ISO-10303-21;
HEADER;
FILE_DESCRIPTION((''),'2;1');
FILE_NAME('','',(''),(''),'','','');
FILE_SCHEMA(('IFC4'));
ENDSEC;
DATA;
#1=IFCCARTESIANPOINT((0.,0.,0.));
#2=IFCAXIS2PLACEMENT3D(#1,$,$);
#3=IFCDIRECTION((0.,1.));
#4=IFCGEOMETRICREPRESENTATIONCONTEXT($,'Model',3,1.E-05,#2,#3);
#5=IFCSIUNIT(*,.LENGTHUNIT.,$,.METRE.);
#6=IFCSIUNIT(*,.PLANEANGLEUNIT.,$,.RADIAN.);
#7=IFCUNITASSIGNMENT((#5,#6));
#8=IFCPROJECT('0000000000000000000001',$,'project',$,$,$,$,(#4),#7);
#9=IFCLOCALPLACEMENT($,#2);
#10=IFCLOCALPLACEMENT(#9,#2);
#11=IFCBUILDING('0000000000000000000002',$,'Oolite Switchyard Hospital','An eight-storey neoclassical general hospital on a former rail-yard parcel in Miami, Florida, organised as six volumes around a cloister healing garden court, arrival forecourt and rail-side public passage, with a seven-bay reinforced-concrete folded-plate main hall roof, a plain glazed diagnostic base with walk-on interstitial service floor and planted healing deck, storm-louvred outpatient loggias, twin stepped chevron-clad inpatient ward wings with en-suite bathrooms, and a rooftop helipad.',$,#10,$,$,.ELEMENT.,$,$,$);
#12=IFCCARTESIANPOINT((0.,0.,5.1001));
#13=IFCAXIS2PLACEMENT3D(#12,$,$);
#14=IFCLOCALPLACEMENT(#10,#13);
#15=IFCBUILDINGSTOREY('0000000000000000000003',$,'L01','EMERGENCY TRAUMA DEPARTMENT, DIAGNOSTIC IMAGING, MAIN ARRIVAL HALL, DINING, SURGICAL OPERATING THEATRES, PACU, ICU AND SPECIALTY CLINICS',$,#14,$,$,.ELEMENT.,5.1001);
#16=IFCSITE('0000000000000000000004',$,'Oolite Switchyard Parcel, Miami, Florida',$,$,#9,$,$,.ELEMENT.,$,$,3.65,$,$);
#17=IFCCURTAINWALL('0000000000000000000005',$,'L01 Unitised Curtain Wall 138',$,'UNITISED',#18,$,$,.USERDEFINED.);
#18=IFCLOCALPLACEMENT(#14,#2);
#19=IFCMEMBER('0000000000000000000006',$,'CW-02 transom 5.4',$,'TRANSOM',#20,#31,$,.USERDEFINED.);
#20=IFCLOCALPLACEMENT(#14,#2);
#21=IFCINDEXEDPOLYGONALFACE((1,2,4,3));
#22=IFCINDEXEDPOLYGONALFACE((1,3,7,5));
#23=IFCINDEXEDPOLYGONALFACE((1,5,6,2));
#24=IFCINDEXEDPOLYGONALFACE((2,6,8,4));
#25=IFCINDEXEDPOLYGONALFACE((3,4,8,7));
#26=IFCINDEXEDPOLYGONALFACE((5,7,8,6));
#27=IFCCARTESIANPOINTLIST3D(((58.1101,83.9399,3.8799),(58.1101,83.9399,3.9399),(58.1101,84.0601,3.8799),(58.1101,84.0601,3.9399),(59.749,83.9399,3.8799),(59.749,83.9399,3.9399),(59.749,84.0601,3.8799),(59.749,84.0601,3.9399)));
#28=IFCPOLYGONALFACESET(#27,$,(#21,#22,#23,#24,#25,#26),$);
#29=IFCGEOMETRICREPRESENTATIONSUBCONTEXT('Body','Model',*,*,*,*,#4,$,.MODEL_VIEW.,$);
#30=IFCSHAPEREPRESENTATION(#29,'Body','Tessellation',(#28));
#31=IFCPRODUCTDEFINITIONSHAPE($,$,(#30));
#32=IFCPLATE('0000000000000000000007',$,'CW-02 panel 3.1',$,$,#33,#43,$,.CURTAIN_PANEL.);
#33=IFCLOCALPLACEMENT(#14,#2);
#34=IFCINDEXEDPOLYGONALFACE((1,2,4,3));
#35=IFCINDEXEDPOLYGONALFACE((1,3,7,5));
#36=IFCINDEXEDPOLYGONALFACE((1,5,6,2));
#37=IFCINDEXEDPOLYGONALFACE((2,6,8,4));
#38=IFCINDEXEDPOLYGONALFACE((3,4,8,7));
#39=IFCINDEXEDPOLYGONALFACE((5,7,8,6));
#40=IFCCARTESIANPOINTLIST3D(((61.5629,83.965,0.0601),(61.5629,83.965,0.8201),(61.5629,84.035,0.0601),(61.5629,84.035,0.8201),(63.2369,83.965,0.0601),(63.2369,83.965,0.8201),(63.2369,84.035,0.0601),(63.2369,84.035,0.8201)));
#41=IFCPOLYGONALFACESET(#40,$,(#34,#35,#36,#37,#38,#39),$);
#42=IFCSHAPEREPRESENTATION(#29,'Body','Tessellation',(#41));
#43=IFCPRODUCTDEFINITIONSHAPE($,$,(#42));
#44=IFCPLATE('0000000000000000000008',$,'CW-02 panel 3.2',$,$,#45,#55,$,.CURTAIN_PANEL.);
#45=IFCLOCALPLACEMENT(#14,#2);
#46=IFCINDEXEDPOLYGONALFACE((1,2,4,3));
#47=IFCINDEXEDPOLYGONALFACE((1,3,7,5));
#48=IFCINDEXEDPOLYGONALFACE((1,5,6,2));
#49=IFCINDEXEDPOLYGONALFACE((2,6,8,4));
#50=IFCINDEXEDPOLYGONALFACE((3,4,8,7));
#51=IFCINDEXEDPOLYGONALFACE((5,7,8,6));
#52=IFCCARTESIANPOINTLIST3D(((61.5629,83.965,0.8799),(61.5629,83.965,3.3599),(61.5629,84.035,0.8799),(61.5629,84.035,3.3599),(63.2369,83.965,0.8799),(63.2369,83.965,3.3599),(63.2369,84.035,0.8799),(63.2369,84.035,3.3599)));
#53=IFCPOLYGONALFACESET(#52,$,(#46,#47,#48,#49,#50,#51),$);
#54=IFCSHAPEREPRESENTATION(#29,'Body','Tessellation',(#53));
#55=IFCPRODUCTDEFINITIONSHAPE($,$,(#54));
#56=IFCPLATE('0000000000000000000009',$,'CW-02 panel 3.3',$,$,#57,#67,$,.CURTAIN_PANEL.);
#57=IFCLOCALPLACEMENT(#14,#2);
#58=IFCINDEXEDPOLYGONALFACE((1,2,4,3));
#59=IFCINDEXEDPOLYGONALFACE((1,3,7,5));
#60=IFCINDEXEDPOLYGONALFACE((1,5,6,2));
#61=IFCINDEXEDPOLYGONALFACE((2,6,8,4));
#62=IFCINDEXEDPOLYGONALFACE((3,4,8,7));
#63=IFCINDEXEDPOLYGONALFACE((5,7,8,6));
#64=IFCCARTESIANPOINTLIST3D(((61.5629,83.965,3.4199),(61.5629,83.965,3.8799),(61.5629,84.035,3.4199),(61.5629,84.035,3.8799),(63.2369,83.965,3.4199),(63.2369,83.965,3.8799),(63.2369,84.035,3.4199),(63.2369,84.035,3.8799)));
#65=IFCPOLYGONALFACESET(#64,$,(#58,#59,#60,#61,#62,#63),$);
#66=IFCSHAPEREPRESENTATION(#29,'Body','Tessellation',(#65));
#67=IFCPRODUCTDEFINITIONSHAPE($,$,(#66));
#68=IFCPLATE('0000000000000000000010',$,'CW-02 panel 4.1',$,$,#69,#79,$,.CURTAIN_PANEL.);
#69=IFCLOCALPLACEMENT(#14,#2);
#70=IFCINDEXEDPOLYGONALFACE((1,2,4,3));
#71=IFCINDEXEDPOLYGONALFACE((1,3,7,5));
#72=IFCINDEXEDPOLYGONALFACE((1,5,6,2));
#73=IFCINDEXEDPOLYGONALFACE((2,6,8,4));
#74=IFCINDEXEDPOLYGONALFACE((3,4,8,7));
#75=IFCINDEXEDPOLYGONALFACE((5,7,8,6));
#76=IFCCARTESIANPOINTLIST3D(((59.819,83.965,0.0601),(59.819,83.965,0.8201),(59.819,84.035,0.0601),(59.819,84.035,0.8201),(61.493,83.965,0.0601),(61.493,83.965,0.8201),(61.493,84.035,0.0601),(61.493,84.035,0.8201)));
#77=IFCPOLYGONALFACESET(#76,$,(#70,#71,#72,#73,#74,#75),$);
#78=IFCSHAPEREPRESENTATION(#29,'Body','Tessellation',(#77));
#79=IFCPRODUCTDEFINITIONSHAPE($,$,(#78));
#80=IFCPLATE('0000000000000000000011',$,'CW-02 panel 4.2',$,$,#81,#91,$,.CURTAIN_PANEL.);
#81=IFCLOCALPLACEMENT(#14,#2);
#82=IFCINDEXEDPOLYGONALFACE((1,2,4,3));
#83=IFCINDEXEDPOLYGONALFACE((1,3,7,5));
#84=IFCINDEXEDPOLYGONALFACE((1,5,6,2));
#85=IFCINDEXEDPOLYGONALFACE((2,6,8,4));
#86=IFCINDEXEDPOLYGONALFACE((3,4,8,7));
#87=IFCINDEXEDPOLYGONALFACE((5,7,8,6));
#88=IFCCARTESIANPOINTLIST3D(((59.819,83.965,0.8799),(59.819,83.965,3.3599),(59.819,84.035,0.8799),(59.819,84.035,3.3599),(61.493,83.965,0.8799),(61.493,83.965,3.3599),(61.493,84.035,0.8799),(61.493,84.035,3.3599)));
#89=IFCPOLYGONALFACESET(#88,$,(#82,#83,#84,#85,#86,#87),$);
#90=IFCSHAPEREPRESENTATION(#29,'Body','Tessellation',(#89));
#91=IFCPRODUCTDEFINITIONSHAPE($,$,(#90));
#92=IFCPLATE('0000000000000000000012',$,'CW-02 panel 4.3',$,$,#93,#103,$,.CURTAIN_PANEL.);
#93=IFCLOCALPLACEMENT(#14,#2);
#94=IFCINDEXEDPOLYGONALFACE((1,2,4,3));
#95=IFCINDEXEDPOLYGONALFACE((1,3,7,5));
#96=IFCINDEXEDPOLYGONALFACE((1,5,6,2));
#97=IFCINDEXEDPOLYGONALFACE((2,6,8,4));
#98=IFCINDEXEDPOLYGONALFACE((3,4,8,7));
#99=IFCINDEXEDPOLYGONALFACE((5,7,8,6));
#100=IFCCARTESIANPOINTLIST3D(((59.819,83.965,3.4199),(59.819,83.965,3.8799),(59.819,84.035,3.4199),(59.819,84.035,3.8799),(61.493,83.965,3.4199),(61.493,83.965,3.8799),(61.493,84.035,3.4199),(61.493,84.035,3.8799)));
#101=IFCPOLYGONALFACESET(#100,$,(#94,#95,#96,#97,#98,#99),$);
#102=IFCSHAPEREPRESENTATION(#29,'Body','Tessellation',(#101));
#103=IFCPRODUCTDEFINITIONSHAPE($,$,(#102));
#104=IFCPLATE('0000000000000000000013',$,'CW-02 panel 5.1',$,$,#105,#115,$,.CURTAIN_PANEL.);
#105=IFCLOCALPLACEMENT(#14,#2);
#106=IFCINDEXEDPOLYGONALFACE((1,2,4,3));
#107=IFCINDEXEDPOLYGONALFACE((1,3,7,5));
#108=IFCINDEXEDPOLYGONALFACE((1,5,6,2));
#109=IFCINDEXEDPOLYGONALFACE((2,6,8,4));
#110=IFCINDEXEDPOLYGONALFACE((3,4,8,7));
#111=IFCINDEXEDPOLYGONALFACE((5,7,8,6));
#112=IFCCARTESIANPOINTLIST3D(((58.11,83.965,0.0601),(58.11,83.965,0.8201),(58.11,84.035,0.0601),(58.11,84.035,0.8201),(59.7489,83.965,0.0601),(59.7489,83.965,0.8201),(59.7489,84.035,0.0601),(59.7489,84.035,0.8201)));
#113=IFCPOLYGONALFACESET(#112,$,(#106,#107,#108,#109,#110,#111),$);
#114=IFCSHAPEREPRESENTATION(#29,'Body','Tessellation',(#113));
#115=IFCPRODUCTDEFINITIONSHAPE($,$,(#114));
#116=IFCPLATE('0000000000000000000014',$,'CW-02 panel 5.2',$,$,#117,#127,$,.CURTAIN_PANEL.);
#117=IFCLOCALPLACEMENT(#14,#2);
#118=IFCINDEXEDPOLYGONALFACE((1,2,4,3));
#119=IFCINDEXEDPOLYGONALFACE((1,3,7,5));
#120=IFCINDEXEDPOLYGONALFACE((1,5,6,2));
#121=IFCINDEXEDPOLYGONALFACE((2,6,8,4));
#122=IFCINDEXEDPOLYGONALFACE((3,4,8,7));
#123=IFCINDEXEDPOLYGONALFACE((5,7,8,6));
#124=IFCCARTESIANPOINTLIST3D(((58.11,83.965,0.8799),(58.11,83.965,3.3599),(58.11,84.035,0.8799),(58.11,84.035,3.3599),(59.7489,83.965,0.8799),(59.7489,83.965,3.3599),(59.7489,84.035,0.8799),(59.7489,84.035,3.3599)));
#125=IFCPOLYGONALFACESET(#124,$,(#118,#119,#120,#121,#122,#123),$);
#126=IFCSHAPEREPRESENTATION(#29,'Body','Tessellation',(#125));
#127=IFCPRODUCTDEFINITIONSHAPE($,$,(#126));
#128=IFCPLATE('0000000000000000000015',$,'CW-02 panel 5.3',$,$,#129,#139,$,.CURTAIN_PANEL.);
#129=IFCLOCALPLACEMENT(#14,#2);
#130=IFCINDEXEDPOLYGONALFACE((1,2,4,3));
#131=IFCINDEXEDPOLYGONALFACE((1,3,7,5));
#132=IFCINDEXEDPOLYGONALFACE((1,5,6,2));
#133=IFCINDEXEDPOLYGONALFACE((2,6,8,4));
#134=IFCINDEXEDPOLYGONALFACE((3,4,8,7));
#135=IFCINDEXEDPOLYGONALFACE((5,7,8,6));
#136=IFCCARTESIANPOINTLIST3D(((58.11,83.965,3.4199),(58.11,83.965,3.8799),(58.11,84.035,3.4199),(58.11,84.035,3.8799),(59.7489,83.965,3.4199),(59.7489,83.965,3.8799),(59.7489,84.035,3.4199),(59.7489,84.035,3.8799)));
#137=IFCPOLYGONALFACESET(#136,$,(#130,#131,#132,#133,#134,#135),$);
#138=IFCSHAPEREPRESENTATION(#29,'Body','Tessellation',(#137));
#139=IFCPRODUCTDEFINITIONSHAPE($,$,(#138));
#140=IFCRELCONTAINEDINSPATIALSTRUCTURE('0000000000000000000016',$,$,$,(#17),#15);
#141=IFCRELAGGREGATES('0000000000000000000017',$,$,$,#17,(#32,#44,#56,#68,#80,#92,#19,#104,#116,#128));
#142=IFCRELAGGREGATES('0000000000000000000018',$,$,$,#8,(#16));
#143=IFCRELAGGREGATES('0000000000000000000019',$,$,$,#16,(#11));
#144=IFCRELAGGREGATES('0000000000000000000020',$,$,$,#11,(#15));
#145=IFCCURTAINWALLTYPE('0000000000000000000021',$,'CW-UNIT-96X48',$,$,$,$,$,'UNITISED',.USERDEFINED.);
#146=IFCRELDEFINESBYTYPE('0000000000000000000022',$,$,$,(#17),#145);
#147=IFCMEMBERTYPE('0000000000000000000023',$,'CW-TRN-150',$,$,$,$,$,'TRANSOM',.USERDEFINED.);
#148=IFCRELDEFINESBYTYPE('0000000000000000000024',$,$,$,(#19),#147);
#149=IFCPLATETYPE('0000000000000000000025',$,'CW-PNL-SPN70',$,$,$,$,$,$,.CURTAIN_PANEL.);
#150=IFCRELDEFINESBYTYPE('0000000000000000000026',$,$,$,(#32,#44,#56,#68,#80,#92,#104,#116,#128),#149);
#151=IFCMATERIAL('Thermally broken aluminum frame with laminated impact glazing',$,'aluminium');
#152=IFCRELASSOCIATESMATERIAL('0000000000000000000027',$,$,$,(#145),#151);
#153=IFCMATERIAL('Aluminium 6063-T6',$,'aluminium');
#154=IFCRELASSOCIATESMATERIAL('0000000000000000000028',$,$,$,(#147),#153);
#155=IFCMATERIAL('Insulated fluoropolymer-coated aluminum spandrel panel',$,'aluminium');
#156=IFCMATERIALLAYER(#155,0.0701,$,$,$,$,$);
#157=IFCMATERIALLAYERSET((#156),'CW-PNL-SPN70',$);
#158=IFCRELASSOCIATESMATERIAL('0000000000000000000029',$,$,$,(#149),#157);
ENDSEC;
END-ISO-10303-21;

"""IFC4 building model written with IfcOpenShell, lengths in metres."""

from ifc_helpers import new_model, si_unit, direction, frame, origin, origin_2d, place, context, subcontext, project, spatial, rectangle, extrude, material, layer, layer_set, material_profile, profile_set, type_object, element, aggregate, save


model = new_model("IFC4")

# Units and contexts
model_context = context("Model", 3, precision=1e-05, world=origin(), true_north=direction((0.0, 1.0)))
body_context = subcontext(model_context, "Body", "Model", "MODEL_VIEW")
ifc_project = project(units=[si_unit("LENGTHUNIT", "METRE"), si_unit("PLANEANGLEUNIT", "RADIAN")], contexts=[model_context])

# Site, building, storey
site_placement = place(None, origin())
site = spatial("IfcSite", under=ifc_project, at=site_placement, Name="Oolite Switchyard Parcel, Miami, Florida", CompositionType="ELEMENT", RefElevation=3.65)
building_placement = place(site_placement, origin())
building = spatial("IfcBuilding", under=site, at=building_placement, Name="Oolite Switchyard Hospital", Description="An eight-storey neoclassical general hospital on a former rail-yard parcel in Miami, Florida, organised as six volumes around a cloister healing garden court, arrival forecourt and rail-side public passage, with a seven-bay reinforced-concrete folded-plate main hall roof, a plain glazed diagnostic base with walk-on interstitial service floor and planted healing deck, storm-louvred outpatient loggias, twin stepped chevron-clad inpatient ward wings with en-suite bathrooms, and a rooftop helipad.", CompositionType="ELEMENT")
storey_placement = place(building_placement, frame((0.0, 0.0, 5.1001)))
storey = spatial("IfcBuildingStorey", under=building, at=storey_placement, Name="L01", Description="EMERGENCY TRAUMA DEPARTMENT, DIAGNOSTIC IMAGING, MAIN ARRIVAL HALL, DINING, SURGICAL OPERATING THEATRES, PACU, ICU AND SPECIALTY CLINICS", CompositionType="ELEMENT", Elevation=5.1001)

# Curtain wall, member, plates
ifc_material_1 = material(Name="Thermally broken aluminum frame with laminated impact glazing", Category="aluminium")
curtain_wall_type = type_object("IfcCurtainWallType", Name="CW-UNIT-96X48", ElementType="UNITISED", PredefinedType="USERDEFINED", material=ifc_material_1)
curtain_wall_placement = place(storey_placement, origin())
curtain_wall = element("IfcCurtainWall", 1, at=curtain_wall_placement, inside=storey, type_object=curtain_wall_type, Name="L01 Unitised Curtain Wall 138", ObjectType="UNITISED", PredefinedType="USERDEFINED")
ifc_material_2 = material(Name="Aluminium 6063-T6", Category="aluminium")
ifc_material_profile_1 = material_profile(ifc_material_2, rectangle(XDim=0.1201, YDim=0.0601, at=origin_2d()), Name="CWT60X120")
ifc_profile_set_1 = profile_set([ifc_material_profile_1], Name="Aluminium 6063-T6")
member_type_1 = type_object("IfcMemberType", Name="CW-TRN-150", ElementType="TRANSOM", PredefinedType="USERDEFINED", material=ifc_profile_set_1)
member_1_placement = place(storey_placement, frame((59.749, 84.0, 3.9099), z_axis=(-1.0, 0.0, 0.0), x_axis=(0.0, -1.0, 0.0)))
member_1 = element("IfcMember", 2, at=member_1_placement, type_object=member_type_1, Name="CW-02 transom 5.4", ObjectType="TRANSOM", PredefinedType="USERDEFINED", context=body_context, shape_type="SweptSolid", body=[
    extrude(rectangle(XDim=0.1201, YDim=0.0601, at=origin_2d()), origin(), (0.0, 0.0, 1.0), 1.6389),
])
ifc_material_3 = material(Name="Insulated fluoropolymer-coated aluminum spandrel panel", Category="aluminium")
ifc_layer = layer(ifc_material_3, 0.0701)
ifc_layer_set = layer_set([ifc_layer], Name="CW-PNL-SPN70")
plate_type = type_object("IfcPlateType", Name="CW-PNL-SPN70", PredefinedType="CURTAIN_PANEL", material=ifc_layer_set)
plate_1_placement = place(storey_placement, frame((62.3999, 84.0, 0.0601), z_axis=(0.0, 0.0, 1.0), x_axis=(-1.0, 0.0, 0.0)))
plate_1 = element("IfcPlate", 3, at=plate_1_placement, type_object=plate_type, Name="CW-02 panel 3.1", PredefinedType="CURTAIN_PANEL", context=body_context, shape_type="SweptSolid", body=[
    extrude(rectangle(XDim=1.6741, YDim=0.0701, at=origin_2d()), origin(), (0.0, 0.0, 1.0), 0.76),
])
plate_2_placement = place(storey_placement, frame((62.3999, 84.0, 0.8799), z_axis=(0.0, 0.0, 1.0), x_axis=(-1.0, 0.0, 0.0)))
plate_2 = element("IfcPlate", 4, at=plate_2_placement, type_object=plate_type, Name="CW-02 panel 3.2", PredefinedType="CURTAIN_PANEL", context=body_context, shape_type="SweptSolid", body=[
    extrude(rectangle(XDim=1.6741, YDim=0.0701, at=origin_2d()), origin(), (0.0, 0.0, 1.0), 2.48),
])
plate_3_placement = place(storey_placement, frame((62.3999, 84.0, 3.4199), z_axis=(0.0, 0.0, 1.0), x_axis=(-1.0, 0.0, 0.0)))
plate_3 = element("IfcPlate", 5, at=plate_3_placement, type_object=plate_type, Name="CW-02 panel 3.3", PredefinedType="CURTAIN_PANEL", context=body_context, shape_type="SweptSolid", body=[
    extrude(rectangle(XDim=1.6741, YDim=0.0701, at=origin_2d()), origin(), (0.0, 0.0, 1.0), 0.46),
])
plate_4_placement = place(storey_placement, frame((60.656, 84.0, 0.0601), z_axis=(0.0, 0.0, 1.0), x_axis=(-1.0, 0.0, 0.0)))
plate_4 = element("IfcPlate", 6, at=plate_4_placement, type_object=plate_type, Name="CW-02 panel 4.1", PredefinedType="CURTAIN_PANEL", context=body_context, shape_type="SweptSolid", body=[
    extrude(rectangle(XDim=1.6741, YDim=0.0701, at=origin_2d()), origin(), (0.0, 0.0, 1.0), 0.76),
])
plate_5_placement = place(storey_placement, frame((60.656, 84.0, 0.8799), z_axis=(0.0, 0.0, 1.0), x_axis=(-1.0, 0.0, 0.0)))
plate_5 = element("IfcPlate", 7, at=plate_5_placement, type_object=plate_type, Name="CW-02 panel 4.2", PredefinedType="CURTAIN_PANEL", context=body_context, shape_type="SweptSolid", body=[
    extrude(rectangle(XDim=1.6741, YDim=0.0701, at=origin_2d()), origin(), (0.0, 0.0, 1.0), 2.48),
])
plate_6_placement = place(storey_placement, frame((60.656, 84.0, 3.4199), z_axis=(0.0, 0.0, 1.0), x_axis=(-1.0, 0.0, 0.0)))
plate_6 = element("IfcPlate", 8, at=plate_6_placement, type_object=plate_type, Name="CW-02 panel 4.3", PredefinedType="CURTAIN_PANEL", context=body_context, shape_type="SweptSolid", body=[
    extrude(rectangle(XDim=1.6741, YDim=0.0701, at=origin_2d()), origin(), (0.0, 0.0, 1.0), 0.46),
])
plate_7_placement = place(storey_placement, frame((58.9294, 84.0, 0.0601), z_axis=(0.0, 0.0, 1.0), x_axis=(-1.0, 0.0, 0.0)))
plate_7 = element("IfcPlate", 9, at=plate_7_placement, type_object=plate_type, Name="CW-02 panel 5.1", PredefinedType="CURTAIN_PANEL", context=body_context, shape_type="SweptSolid", body=[
    extrude(rectangle(XDim=1.6389, YDim=0.0701, at=origin_2d()), origin(), (0.0, 0.0, 1.0), 0.76),
])
plate_8_placement = place(storey_placement, frame((58.9294, 84.0, 0.8799), z_axis=(0.0, 0.0, 1.0), x_axis=(-1.0, 0.0, 0.0)))
plate_8 = element("IfcPlate", 10, at=plate_8_placement, type_object=plate_type, Name="CW-02 panel 5.2", PredefinedType="CURTAIN_PANEL", context=body_context, shape_type="SweptSolid", body=[
    extrude(rectangle(XDim=1.6389, YDim=0.0701, at=origin_2d()), origin(), (0.0, 0.0, 1.0), 2.48),
])
plate_9_placement = place(storey_placement, frame((58.9294, 84.0, 3.4199), z_axis=(0.0, 0.0, 1.0), x_axis=(-1.0, 0.0, 0.0)))
plate_9 = element("IfcPlate", 11, at=plate_9_placement, type_object=plate_type, Name="CW-02 panel 5.3", PredefinedType="CURTAIN_PANEL", context=body_context, shape_type="SweptSolid", body=[
    extrude(rectangle(XDim=1.6389, YDim=0.0701, at=origin_2d()), origin(), (0.0, 0.0, 1.0), 0.46),
])
aggregate(curtain_wall, [plate_1, plate_2, plate_3, plate_4, plate_5, plate_6, member_1, plate_7, plate_8, plate_9])

save(model, "model.ifc")
